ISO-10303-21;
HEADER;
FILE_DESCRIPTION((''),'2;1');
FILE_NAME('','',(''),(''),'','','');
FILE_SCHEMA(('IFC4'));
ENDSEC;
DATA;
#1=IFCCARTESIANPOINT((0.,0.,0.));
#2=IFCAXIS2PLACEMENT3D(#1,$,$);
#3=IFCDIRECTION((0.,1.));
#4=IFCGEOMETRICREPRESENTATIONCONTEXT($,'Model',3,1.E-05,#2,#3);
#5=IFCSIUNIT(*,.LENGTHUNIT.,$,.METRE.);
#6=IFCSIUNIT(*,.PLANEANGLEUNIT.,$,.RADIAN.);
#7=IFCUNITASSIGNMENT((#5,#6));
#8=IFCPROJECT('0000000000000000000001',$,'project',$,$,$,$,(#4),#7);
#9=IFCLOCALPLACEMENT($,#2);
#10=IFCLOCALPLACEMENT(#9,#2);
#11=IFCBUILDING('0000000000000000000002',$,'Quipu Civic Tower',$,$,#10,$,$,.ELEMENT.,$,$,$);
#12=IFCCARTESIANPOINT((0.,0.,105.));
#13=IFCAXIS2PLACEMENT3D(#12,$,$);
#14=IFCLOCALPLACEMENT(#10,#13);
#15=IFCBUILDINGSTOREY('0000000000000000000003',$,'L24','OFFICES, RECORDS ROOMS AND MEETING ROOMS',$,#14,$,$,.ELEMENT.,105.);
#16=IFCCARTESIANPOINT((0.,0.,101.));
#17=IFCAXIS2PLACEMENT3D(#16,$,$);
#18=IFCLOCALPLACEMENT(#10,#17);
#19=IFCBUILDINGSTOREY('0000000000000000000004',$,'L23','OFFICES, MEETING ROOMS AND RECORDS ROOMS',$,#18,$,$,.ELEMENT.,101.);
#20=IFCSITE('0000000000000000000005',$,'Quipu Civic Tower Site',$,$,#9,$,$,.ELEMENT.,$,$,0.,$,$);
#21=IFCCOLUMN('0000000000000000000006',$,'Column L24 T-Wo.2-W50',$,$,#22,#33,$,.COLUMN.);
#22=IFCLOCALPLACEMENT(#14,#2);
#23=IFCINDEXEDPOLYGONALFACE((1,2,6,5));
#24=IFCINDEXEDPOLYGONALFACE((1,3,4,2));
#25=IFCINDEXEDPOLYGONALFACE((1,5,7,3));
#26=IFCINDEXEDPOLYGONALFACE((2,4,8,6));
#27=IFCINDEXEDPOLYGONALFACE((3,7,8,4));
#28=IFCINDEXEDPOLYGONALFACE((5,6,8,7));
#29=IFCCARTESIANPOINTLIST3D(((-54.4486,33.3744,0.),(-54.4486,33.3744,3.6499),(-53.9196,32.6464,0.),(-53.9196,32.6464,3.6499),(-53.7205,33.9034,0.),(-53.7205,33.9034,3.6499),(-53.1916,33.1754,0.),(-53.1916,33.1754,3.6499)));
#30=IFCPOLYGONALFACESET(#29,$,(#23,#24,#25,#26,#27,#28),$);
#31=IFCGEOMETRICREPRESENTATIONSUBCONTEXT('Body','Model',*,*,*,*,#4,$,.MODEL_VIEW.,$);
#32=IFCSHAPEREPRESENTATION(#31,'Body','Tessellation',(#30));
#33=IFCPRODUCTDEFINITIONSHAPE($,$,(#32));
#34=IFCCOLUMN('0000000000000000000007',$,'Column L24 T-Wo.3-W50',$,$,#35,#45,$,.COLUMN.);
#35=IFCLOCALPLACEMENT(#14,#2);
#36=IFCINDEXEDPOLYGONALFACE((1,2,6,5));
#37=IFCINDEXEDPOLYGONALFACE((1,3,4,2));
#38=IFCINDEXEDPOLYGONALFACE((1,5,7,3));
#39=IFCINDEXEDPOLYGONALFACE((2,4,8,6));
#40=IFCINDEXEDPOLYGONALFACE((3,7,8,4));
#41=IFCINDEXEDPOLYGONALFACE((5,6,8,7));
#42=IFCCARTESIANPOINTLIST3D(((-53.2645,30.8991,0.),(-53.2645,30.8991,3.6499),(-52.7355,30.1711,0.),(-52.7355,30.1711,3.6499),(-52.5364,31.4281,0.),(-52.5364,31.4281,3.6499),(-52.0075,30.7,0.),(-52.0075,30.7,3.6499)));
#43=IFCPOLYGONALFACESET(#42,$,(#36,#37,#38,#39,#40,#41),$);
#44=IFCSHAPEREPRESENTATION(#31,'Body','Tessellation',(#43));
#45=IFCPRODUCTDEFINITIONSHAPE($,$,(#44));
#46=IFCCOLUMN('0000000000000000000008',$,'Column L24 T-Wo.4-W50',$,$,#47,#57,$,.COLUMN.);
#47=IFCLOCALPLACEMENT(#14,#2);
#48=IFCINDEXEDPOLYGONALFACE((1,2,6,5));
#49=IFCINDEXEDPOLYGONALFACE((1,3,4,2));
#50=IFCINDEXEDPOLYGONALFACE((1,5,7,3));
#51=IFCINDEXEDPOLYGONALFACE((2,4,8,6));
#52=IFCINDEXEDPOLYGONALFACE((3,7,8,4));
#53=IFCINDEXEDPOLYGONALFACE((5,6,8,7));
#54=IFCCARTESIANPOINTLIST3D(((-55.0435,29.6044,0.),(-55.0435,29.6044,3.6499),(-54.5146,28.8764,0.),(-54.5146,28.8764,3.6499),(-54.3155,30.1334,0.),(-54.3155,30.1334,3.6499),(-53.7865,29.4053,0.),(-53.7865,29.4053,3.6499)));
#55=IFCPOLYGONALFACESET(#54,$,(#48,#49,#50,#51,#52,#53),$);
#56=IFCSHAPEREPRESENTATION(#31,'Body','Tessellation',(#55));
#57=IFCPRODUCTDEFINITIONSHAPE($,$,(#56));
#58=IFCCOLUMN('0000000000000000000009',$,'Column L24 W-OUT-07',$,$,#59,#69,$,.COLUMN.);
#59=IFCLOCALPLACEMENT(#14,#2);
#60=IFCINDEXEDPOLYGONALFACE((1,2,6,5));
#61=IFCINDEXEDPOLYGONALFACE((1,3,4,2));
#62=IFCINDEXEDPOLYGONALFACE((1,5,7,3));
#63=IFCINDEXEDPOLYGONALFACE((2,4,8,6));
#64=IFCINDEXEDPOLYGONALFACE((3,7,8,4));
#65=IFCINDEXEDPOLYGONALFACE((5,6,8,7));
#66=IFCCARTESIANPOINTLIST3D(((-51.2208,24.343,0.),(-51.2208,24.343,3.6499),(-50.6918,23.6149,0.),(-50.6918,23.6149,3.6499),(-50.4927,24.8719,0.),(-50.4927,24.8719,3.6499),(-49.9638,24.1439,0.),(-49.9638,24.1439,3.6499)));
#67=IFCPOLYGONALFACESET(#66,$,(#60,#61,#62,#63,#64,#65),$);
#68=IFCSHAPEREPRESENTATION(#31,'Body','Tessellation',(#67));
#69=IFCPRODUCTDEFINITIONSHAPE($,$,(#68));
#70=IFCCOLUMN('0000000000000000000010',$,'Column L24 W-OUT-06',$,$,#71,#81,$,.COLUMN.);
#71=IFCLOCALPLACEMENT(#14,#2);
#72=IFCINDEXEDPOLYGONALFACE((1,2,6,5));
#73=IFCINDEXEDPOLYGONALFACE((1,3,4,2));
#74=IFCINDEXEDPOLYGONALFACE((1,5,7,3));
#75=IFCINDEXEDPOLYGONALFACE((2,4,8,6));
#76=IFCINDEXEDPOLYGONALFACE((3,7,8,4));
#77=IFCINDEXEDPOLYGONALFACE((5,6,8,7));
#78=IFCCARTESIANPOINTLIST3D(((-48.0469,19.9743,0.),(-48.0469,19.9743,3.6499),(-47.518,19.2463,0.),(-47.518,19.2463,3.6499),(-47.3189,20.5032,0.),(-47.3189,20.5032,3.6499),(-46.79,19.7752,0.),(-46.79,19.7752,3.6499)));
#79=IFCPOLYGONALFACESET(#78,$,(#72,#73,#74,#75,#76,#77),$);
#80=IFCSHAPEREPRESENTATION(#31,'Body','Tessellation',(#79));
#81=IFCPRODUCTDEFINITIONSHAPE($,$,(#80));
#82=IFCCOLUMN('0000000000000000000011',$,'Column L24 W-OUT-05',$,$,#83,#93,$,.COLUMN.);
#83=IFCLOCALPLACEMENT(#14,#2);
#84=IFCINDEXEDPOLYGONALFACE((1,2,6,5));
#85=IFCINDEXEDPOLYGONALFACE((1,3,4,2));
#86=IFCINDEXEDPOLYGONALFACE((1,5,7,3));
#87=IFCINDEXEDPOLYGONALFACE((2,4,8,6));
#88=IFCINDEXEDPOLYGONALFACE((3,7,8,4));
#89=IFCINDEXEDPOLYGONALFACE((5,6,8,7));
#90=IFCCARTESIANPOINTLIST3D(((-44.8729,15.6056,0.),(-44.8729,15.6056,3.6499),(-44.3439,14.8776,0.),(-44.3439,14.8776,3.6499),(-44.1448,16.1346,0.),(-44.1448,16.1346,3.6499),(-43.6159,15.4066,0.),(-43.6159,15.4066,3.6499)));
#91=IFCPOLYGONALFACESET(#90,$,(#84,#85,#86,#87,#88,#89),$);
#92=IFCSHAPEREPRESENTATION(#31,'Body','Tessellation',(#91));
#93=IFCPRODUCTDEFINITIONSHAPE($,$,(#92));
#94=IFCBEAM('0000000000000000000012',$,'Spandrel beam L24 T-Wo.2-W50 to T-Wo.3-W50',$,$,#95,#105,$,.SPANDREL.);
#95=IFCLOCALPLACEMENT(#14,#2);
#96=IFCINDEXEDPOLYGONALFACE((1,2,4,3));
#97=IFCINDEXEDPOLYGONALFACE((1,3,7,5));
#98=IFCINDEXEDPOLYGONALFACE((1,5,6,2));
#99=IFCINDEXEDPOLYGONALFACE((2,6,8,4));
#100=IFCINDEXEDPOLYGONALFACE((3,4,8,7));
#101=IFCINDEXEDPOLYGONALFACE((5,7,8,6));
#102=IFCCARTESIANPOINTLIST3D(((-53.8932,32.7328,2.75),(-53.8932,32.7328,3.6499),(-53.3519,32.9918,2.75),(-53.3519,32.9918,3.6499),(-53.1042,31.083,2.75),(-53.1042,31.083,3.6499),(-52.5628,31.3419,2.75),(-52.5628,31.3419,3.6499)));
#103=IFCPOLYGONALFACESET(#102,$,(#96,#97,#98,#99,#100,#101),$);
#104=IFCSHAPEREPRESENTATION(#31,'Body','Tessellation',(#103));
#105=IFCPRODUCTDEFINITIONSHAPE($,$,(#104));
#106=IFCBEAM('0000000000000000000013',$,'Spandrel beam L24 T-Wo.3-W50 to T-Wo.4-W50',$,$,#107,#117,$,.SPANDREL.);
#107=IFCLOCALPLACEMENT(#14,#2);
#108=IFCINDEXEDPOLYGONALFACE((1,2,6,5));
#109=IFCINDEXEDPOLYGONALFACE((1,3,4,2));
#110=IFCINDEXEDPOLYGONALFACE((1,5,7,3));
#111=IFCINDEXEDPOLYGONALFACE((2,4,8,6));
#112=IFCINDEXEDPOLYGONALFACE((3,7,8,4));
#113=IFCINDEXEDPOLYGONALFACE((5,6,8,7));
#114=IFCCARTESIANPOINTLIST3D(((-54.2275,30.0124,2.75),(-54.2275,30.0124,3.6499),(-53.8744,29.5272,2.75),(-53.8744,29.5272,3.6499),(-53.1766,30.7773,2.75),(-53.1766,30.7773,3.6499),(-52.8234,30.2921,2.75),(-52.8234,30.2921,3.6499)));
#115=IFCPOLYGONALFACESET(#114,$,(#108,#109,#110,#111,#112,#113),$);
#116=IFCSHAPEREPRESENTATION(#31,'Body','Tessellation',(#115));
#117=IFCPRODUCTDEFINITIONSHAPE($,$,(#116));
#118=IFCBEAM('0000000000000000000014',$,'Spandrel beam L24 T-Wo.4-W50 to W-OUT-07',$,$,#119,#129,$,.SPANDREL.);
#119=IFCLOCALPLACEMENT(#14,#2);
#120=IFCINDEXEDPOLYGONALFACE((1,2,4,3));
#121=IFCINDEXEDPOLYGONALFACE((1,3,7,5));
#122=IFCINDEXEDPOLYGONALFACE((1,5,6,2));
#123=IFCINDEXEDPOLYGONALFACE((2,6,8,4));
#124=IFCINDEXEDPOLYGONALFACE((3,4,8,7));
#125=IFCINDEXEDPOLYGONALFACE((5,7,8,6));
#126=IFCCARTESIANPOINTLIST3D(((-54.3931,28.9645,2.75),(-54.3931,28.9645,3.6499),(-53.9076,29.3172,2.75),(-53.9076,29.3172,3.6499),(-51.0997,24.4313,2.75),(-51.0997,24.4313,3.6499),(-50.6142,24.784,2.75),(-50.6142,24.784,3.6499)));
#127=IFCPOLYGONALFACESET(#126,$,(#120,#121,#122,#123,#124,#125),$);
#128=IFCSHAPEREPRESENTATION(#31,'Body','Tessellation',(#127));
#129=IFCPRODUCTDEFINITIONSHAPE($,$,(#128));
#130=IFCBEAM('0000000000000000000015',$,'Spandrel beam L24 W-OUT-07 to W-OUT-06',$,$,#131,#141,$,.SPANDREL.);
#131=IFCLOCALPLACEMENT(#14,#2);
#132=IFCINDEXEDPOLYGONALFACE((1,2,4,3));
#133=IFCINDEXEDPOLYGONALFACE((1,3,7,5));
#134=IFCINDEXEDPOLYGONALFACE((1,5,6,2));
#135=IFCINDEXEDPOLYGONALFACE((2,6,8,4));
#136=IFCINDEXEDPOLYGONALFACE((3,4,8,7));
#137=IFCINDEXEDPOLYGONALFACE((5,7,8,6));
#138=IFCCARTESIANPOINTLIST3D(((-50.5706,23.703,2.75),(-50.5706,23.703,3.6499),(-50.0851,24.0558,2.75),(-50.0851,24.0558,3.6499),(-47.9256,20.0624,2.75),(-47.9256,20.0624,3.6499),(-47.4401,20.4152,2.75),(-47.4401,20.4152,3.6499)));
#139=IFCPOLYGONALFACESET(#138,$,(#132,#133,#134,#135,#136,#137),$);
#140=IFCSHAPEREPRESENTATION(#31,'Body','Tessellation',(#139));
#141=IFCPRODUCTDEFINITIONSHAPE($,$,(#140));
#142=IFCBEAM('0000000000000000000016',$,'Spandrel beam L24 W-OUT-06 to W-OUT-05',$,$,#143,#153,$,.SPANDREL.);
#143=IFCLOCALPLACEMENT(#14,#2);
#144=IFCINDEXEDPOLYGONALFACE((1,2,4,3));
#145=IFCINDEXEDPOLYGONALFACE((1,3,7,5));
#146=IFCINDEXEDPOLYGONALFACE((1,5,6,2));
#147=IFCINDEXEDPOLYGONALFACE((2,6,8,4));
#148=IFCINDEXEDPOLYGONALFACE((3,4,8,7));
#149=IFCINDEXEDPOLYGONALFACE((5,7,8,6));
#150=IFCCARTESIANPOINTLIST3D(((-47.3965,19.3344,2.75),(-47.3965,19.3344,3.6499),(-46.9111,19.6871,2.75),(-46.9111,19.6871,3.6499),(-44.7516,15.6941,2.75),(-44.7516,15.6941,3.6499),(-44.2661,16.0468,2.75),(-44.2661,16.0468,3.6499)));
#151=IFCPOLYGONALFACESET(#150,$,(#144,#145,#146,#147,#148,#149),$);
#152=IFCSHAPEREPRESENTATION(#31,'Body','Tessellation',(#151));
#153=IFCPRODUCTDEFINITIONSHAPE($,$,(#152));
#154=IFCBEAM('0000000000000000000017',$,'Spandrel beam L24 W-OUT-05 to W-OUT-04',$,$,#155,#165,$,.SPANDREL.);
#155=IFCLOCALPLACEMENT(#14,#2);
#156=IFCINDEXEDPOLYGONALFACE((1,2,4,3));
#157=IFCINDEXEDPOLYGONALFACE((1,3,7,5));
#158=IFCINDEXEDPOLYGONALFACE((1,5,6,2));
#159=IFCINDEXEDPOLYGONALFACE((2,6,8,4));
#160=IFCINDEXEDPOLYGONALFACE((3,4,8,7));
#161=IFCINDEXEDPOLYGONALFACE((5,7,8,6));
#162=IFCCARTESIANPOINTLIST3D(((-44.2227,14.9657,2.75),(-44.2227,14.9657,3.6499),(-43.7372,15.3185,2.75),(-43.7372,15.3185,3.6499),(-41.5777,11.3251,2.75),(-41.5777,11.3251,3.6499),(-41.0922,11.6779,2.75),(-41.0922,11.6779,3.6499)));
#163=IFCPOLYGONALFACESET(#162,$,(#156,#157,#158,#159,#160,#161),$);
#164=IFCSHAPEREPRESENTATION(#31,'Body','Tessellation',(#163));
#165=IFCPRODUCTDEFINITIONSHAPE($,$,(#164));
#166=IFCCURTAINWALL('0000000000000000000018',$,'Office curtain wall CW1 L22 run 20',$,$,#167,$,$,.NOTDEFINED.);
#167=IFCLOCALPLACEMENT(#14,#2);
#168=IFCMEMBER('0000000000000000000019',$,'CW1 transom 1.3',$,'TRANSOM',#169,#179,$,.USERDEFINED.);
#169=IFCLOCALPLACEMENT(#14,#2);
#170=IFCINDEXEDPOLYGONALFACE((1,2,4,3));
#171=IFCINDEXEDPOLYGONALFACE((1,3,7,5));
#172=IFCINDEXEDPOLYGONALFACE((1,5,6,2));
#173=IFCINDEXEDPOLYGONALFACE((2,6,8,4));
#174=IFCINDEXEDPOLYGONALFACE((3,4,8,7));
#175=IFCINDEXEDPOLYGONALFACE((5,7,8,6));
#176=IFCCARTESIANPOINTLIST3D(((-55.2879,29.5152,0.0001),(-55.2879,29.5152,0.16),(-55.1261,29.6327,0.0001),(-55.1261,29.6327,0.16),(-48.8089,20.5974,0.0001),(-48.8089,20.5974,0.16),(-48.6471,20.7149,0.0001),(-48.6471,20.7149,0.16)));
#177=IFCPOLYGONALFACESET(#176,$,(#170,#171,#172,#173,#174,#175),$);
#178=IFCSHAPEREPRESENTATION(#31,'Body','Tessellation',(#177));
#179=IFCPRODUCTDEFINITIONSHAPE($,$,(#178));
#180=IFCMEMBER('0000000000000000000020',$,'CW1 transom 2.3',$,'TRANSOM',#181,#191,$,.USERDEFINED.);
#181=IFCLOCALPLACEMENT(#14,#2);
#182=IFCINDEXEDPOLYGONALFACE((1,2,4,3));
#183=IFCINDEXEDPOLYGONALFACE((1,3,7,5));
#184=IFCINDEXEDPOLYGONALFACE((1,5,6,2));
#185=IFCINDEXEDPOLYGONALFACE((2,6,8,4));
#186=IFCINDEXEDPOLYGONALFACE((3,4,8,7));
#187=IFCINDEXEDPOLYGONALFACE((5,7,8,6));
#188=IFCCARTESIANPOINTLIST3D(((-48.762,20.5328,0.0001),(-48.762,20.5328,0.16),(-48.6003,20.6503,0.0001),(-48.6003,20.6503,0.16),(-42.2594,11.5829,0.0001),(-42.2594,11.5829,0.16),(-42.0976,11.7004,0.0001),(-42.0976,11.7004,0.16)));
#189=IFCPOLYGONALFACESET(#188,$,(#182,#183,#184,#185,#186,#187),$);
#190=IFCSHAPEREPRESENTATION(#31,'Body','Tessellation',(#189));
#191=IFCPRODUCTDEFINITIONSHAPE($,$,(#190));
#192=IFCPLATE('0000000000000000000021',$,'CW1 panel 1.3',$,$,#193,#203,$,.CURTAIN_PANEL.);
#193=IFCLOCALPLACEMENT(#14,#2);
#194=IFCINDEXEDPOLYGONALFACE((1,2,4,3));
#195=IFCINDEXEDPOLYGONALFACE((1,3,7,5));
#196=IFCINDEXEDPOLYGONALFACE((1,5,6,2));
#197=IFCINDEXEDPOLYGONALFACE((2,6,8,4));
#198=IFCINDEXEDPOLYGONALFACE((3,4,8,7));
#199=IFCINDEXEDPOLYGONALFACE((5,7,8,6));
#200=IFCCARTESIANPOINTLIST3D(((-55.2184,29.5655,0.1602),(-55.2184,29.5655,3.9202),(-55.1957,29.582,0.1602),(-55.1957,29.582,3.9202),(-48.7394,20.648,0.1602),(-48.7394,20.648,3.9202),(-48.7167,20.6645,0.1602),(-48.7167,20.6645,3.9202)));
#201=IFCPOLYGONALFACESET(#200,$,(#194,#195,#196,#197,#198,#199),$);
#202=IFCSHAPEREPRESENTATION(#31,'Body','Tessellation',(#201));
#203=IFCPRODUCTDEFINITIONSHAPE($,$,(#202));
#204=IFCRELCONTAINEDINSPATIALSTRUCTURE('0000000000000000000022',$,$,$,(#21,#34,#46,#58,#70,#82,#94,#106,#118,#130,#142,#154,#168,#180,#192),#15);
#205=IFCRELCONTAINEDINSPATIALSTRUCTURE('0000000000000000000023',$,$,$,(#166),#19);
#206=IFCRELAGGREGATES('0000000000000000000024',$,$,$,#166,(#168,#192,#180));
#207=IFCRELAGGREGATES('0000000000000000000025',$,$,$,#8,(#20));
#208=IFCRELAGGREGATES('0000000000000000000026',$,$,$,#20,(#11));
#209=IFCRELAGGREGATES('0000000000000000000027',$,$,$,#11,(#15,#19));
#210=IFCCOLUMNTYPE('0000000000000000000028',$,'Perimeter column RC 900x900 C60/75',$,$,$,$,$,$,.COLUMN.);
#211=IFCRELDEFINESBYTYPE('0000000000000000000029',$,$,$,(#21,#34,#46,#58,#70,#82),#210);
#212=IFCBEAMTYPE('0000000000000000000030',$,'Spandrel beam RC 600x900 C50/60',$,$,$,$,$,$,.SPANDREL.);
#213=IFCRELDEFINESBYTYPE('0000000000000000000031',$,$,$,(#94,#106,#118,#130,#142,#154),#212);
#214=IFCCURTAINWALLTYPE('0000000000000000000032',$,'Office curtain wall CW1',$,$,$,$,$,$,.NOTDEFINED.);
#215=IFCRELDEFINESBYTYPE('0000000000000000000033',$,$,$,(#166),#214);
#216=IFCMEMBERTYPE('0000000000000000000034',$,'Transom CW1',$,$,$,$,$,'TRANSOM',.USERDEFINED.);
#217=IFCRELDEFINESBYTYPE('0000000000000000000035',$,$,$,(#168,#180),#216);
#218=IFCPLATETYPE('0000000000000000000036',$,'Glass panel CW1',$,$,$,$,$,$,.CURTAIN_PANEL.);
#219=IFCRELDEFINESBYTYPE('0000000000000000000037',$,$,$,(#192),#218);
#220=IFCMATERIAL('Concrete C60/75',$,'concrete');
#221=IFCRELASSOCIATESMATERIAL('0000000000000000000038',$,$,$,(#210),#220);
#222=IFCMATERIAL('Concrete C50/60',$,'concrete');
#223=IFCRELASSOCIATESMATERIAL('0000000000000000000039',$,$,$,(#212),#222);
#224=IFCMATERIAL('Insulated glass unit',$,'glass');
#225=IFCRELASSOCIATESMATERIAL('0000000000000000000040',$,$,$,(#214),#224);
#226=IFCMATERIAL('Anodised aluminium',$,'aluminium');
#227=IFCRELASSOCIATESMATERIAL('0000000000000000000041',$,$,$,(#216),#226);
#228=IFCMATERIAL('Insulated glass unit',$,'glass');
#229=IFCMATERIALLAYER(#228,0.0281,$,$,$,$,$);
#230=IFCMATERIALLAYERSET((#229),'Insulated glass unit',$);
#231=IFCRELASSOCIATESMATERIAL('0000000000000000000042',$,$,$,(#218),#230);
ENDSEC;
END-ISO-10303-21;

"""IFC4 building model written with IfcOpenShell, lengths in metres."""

from ifc_helpers import new_model, si_unit, direction, frame, origin, origin_2d, place, context, subcontext, project, spatial, rectangle, extrude, material, layer, layer_set, material_profile, profile_set, type_object, element, aggregate, save


model = new_model("IFC4")

# Units and contexts
model_context = context("Model", 3, precision=1e-05, world=origin(), true_north=direction((0.0, 1.0)))
body_context = subcontext(model_context, "Body", "Model", "MODEL_VIEW")
ifc_project = project(units=[si_unit("LENGTHUNIT", "METRE"), si_unit("PLANEANGLEUNIT", "RADIAN")], contexts=[model_context])

# Site, building, storey
site_placement = place(None, origin())
site = spatial("IfcSite", under=ifc_project, at=site_placement, Name="Quipu Civic Tower Site", CompositionType="ELEMENT", RefElevation=0.0)
building_placement = place(site_placement, origin())
building = spatial("IfcBuilding", under=site, at=building_placement, Name="Quipu Civic Tower", CompositionType="ELEMENT")
storey_1_placement = place(building_placement, frame((0.0, 0.0, 105.0)))
storey_1 = spatial("IfcBuildingStorey", under=building, at=storey_1_placement, Name="L24", Description="OFFICES, RECORDS ROOMS AND MEETING ROOMS", CompositionType="ELEMENT", Elevation=105.0)

# Columns
ifc_material_1 = material(Name="Concrete C60/75", Category="concrete")
ifc_material_profile_1 = material_profile(ifc_material_1, rectangle(XDim=0.8999, YDim=0.8999, at=origin_2d()), Name="RC900x900")
ifc_profile_set_1 = profile_set([ifc_material_profile_1], Name="Concrete C60/75")
column_type = type_object("IfcColumnType", Name="Perimeter column RC 900x900 C60/75", PredefinedType="COLUMN", material=ifc_profile_set_1)
for number, where, z_axis, x_axis, name in (
    (1, (-53.8201, 33.2749, 0.0), (0.0, 0.0, 1.0), (0.587785, -0.809017, 0.0), "Column L24 T-Wo.2-W50"),
    (2, (-52.636, 30.7996, 0.0), (0.0, 0.0, 1.0), (-0.809017, -0.587785, 0.0), "Column L24 T-Wo.3-W50"),
    (3, (-54.415, 29.5049, 0.0), (0.0, 0.0, 1.0), (0.587785, -0.809017, 0.0), "Column L24 T-Wo.4-W50"),
    (4, (-50.5923, 24.2434, 0.0), (0.0, 0.0, 1.0), (0.587785, -0.809017, 0.0), "Column L24 W-OUT-07"),
    (5, (-47.4185, 19.8748, 0.0), (0.0, 0.0, 1.0), (0.587785, -0.809017, 0.0), "Column L24 W-OUT-06"),
    (6, (-44.2444, 15.5061, 0.0), (0.0, 0.0, 1.0), (0.587785, -0.809017, 0.0), "Column L24 W-OUT-05"),
):
    element("IfcColumn", number, at=place(storey_1_placement, frame(where, z_axis=z_axis, x_axis=x_axis)), inside=storey_1, type_object=column_type, Name=name, PredefinedType="COLUMN", context=body_context, shape_type="SweptSolid", body=[
        extrude(rectangle(XDim=0.8999, YDim=0.8999, at=origin_2d()), origin(), (0.0, 0.0, 1.0), 3.6499),
    ])

# Beams
ifc_material_2 = material(Name="Concrete C50/60", Category="concrete")
ifc_material_profile_2 = material_profile(ifc_material_2, rectangle(XDim=0.6001, YDim=0.8999, at=origin_2d()), Name="RC600x900")
ifc_profile_set_2 = profile_set([ifc_material_profile_2], Name="Concrete C50/60")
beam_type = type_object("IfcBeamType", Name="Spandrel beam RC 600x900 C50/60", PredefinedType="SPANDREL", material=ifc_profile_set_2)
beam_1_placement = place(storey_1_placement, frame((-53.6226, 32.8623, 3.2), z_axis=(0.431446, -0.902139, 0.0), x_axis=(0.902139, 0.431446, 0.0)))
element("IfcBeam", 7, at=beam_1_placement, inside=storey_1, type_object=beam_type, Name="Spandrel beam L24 T-Wo.2-W50 to T-Wo.3-W50", PredefinedType="SPANDREL", context=body_context, shape_type="SweptSolid", body=[
    extrude(rectangle(XDim=0.6001, YDim=0.8999, at=origin_2d()), origin(), (0.0, 0.0, 1.0), 1.8289),
])
beam_2_placement = place(storey_1_placement, frame((-53.0, 30.5347, 3.2), z_axis=(-0.808549, -0.588429, 0.0), x_axis=(0.588429, -0.808549, 0.0)))
element("IfcBeam", 8, at=beam_2_placement, inside=storey_1, type_object=beam_type, Name="Spandrel beam L24 T-Wo.3-W50 to T-Wo.4-W50", PredefinedType="SPANDREL", context=body_context, shape_type="SweptSolid", body=[
    extrude(rectangle(XDim=0.6001, YDim=0.8999, at=origin_2d()), origin(), (0.0, 0.0, 1.0), 1.2998),
])
beam_3_placement = place(storey_1_placement, frame((-54.1504, 29.1409, 3.2), z_axis=(0.587773, -0.809026, 0.0), x_axis=(0.809026, 0.587773, 0.0)))
element("IfcBeam", 9, at=beam_3_placement, inside=storey_1, type_object=beam_type, Name="Spandrel beam L24 T-Wo.4-W50 to W-OUT-07", PredefinedType="SPANDREL", context=body_context, shape_type="SweptSolid", body=[
    extrude(rectangle(XDim=0.6001, YDim=0.8999, at=origin_2d()), origin(), (0.0, 0.0, 1.0), 5.6033),
])
beam_4_placement = place(storey_1_placement, frame((-50.3279, 23.8794, 3.2), z_axis=(0.587778, -0.809022, 0.0), x_axis=(0.809022, 0.587778, 0.0)))
element("IfcBeam", 10, at=beam_4_placement, inside=storey_1, type_object=beam_type, Name="Spandrel beam L24 W-OUT-07 to W-OUT-06", PredefinedType="SPANDREL", context=body_context, shape_type="SweptSolid", body=[
    extrude(rectangle(XDim=0.6001, YDim=0.8999, at=origin_2d()), origin(), (0.0, 0.0, 1.0), 4.5),
])
beam_5_placement = place(storey_1_placement, frame((-47.1538, 19.5107, 3.2), z_axis=(0.587804, -0.809003, 0.0), x_axis=(0.809003, 0.587804, 0.0)))
element("IfcBeam", 11, at=beam_5_placement, inside=storey_1, type_object=beam_type, Name="Spandrel beam L24 W-OUT-06 to W-OUT-05", PredefinedType="SPANDREL", context=body_context, shape_type="SweptSolid", body=[
    extrude(rectangle(XDim=0.6001, YDim=0.8999, at=origin_2d()), origin(), (0.0, 0.0, 1.0), 4.4998),
])
beam_6_placement = place(storey_1_placement, frame((-43.98, 15.1421, 3.2), z_axis=(0.587778, -0.809022, 0.0), x_axis=(0.809022, 0.587778, 0.0)))
element("IfcBeam", 12, at=beam_6_placement, inside=storey_1, type_object=beam_type, Name="Spandrel beam L24 W-OUT-05 to W-OUT-04", PredefinedType="SPANDREL", context=body_context, shape_type="SweptSolid", body=[
    extrude(rectangle(XDim=0.6001, YDim=0.8999, at=origin_2d()), origin(), (0.0, 0.0, 1.0), 4.5),
])

# Shared definitions
storey_2_placement = place(building_placement, frame((0.0, 0.0, 101.0)))
storey_2 = spatial("IfcBuildingStorey", under=building, at=storey_2_placement, Name="L23", Description="OFFICES, MEETING ROOMS AND RECORDS ROOMS", CompositionType="ELEMENT", Elevation=101.0)

# Curtain wall, members, plate
ifc_material_3 = material(Name="Insulated glass unit", Category="glass")
curtain_wall_type = type_object("IfcCurtainWallType", Name="Office curtain wall CW1", PredefinedType="NOTDEFINED", material=ifc_material_3)
curtain_wall_placement = place(storey_2_placement, origin())
curtain_wall = element("IfcCurtainWall", 13, at=curtain_wall_placement, inside=storey_2, type_object=curtain_wall_type, Name="Office curtain wall CW1 L22 run 20", PredefinedType="NOTDEFINED")
ifc_material_4 = material(Name="Anodised aluminium", Category="aluminium")
ifc_material_profile_3 = material_profile(ifc_material_4, rectangle(XDim=0.2, YDim=0.1599, at=origin_2d()), Name="RECT 200x160")
ifc_profile_set_3 = profile_set([ifc_material_profile_3], Name="Anodised aluminium")
member_type = type_object("IfcMemberType", Name="Transom CW1", ElementType="TRANSOM", PredefinedType="USERDEFINED", material=ifc_profile_set_3)
member_1_placement = place(storey_1_placement, frame((-55.207, 29.574, 0.0801), z_axis=(0.587779, -0.809021, 0.0), x_axis=(0.809021, 0.587779, 0.0)))
member_1 = element("IfcMember", 14, at=member_1_placement, inside=storey_1, type_object=member_type, Name="CW1 transom 1.3", ObjectType="TRANSOM", PredefinedType="USERDEFINED", context=body_context, shape_type="SweptSolid", body=[
    extrude(rectangle(XDim=0.2, YDim=0.1599, at=origin_2d()), origin(), (0.0, 0.0, 1.0), 11.0229),
])
member_2_placement = place(storey_1_placement, frame((-48.6812, 20.5916, 0.0801), z_axis=(0.587795, -0.80901, 0.0), x_axis=(0.80901, 0.587795, 0.0)))
member_2 = element("IfcMember", 15, at=member_2_placement, inside=storey_1, type_object=member_type, Name="CW1 transom 2.3", ObjectType="TRANSOM", PredefinedType="USERDEFINED", context=body_context, shape_type="SweptSolid", body=[
    extrude(rectangle(XDim=0.2, YDim=0.1599, at=origin_2d()), origin(), (0.0, 0.0, 1.0), 11.0627),
])
ifc_material_5 = material(Name="Insulated glass unit", Category="glass")
ifc_layer_1 = layer(ifc_material_5, 0.0281)
ifc_layer_set_1 = layer_set([ifc_layer_1], Name="Insulated glass unit")
plate_type_1 = type_object("IfcPlateType", Name="Glass panel CW1", PredefinedType="CURTAIN_PANEL", material=ifc_layer_set_1)
plate_1_placement = place(storey_1_placement, frame((-51.9675, 25.115, 0.1602), z_axis=(0.0, 0.0, 1.0), x_axis=(0.587786, -0.809017, 0.0)))
plate_1 = element("IfcPlate", 16, at=plate_1_placement, inside=storey_1, type_object=plate_type_1, Name="CW1 panel 1.3", PredefinedType="CURTAIN_PANEL", context=body_context, shape_type="SweptSolid", body=[
    extrude(rectangle(XDim=11.0227, YDim=0.0281, at=origin_2d()), origin(), (0.0, 0.0, 1.0), 3.76),
])
aggregate(curtain_wall, [member_1, plate_1, member_2])

save(model, "model.ifc")
